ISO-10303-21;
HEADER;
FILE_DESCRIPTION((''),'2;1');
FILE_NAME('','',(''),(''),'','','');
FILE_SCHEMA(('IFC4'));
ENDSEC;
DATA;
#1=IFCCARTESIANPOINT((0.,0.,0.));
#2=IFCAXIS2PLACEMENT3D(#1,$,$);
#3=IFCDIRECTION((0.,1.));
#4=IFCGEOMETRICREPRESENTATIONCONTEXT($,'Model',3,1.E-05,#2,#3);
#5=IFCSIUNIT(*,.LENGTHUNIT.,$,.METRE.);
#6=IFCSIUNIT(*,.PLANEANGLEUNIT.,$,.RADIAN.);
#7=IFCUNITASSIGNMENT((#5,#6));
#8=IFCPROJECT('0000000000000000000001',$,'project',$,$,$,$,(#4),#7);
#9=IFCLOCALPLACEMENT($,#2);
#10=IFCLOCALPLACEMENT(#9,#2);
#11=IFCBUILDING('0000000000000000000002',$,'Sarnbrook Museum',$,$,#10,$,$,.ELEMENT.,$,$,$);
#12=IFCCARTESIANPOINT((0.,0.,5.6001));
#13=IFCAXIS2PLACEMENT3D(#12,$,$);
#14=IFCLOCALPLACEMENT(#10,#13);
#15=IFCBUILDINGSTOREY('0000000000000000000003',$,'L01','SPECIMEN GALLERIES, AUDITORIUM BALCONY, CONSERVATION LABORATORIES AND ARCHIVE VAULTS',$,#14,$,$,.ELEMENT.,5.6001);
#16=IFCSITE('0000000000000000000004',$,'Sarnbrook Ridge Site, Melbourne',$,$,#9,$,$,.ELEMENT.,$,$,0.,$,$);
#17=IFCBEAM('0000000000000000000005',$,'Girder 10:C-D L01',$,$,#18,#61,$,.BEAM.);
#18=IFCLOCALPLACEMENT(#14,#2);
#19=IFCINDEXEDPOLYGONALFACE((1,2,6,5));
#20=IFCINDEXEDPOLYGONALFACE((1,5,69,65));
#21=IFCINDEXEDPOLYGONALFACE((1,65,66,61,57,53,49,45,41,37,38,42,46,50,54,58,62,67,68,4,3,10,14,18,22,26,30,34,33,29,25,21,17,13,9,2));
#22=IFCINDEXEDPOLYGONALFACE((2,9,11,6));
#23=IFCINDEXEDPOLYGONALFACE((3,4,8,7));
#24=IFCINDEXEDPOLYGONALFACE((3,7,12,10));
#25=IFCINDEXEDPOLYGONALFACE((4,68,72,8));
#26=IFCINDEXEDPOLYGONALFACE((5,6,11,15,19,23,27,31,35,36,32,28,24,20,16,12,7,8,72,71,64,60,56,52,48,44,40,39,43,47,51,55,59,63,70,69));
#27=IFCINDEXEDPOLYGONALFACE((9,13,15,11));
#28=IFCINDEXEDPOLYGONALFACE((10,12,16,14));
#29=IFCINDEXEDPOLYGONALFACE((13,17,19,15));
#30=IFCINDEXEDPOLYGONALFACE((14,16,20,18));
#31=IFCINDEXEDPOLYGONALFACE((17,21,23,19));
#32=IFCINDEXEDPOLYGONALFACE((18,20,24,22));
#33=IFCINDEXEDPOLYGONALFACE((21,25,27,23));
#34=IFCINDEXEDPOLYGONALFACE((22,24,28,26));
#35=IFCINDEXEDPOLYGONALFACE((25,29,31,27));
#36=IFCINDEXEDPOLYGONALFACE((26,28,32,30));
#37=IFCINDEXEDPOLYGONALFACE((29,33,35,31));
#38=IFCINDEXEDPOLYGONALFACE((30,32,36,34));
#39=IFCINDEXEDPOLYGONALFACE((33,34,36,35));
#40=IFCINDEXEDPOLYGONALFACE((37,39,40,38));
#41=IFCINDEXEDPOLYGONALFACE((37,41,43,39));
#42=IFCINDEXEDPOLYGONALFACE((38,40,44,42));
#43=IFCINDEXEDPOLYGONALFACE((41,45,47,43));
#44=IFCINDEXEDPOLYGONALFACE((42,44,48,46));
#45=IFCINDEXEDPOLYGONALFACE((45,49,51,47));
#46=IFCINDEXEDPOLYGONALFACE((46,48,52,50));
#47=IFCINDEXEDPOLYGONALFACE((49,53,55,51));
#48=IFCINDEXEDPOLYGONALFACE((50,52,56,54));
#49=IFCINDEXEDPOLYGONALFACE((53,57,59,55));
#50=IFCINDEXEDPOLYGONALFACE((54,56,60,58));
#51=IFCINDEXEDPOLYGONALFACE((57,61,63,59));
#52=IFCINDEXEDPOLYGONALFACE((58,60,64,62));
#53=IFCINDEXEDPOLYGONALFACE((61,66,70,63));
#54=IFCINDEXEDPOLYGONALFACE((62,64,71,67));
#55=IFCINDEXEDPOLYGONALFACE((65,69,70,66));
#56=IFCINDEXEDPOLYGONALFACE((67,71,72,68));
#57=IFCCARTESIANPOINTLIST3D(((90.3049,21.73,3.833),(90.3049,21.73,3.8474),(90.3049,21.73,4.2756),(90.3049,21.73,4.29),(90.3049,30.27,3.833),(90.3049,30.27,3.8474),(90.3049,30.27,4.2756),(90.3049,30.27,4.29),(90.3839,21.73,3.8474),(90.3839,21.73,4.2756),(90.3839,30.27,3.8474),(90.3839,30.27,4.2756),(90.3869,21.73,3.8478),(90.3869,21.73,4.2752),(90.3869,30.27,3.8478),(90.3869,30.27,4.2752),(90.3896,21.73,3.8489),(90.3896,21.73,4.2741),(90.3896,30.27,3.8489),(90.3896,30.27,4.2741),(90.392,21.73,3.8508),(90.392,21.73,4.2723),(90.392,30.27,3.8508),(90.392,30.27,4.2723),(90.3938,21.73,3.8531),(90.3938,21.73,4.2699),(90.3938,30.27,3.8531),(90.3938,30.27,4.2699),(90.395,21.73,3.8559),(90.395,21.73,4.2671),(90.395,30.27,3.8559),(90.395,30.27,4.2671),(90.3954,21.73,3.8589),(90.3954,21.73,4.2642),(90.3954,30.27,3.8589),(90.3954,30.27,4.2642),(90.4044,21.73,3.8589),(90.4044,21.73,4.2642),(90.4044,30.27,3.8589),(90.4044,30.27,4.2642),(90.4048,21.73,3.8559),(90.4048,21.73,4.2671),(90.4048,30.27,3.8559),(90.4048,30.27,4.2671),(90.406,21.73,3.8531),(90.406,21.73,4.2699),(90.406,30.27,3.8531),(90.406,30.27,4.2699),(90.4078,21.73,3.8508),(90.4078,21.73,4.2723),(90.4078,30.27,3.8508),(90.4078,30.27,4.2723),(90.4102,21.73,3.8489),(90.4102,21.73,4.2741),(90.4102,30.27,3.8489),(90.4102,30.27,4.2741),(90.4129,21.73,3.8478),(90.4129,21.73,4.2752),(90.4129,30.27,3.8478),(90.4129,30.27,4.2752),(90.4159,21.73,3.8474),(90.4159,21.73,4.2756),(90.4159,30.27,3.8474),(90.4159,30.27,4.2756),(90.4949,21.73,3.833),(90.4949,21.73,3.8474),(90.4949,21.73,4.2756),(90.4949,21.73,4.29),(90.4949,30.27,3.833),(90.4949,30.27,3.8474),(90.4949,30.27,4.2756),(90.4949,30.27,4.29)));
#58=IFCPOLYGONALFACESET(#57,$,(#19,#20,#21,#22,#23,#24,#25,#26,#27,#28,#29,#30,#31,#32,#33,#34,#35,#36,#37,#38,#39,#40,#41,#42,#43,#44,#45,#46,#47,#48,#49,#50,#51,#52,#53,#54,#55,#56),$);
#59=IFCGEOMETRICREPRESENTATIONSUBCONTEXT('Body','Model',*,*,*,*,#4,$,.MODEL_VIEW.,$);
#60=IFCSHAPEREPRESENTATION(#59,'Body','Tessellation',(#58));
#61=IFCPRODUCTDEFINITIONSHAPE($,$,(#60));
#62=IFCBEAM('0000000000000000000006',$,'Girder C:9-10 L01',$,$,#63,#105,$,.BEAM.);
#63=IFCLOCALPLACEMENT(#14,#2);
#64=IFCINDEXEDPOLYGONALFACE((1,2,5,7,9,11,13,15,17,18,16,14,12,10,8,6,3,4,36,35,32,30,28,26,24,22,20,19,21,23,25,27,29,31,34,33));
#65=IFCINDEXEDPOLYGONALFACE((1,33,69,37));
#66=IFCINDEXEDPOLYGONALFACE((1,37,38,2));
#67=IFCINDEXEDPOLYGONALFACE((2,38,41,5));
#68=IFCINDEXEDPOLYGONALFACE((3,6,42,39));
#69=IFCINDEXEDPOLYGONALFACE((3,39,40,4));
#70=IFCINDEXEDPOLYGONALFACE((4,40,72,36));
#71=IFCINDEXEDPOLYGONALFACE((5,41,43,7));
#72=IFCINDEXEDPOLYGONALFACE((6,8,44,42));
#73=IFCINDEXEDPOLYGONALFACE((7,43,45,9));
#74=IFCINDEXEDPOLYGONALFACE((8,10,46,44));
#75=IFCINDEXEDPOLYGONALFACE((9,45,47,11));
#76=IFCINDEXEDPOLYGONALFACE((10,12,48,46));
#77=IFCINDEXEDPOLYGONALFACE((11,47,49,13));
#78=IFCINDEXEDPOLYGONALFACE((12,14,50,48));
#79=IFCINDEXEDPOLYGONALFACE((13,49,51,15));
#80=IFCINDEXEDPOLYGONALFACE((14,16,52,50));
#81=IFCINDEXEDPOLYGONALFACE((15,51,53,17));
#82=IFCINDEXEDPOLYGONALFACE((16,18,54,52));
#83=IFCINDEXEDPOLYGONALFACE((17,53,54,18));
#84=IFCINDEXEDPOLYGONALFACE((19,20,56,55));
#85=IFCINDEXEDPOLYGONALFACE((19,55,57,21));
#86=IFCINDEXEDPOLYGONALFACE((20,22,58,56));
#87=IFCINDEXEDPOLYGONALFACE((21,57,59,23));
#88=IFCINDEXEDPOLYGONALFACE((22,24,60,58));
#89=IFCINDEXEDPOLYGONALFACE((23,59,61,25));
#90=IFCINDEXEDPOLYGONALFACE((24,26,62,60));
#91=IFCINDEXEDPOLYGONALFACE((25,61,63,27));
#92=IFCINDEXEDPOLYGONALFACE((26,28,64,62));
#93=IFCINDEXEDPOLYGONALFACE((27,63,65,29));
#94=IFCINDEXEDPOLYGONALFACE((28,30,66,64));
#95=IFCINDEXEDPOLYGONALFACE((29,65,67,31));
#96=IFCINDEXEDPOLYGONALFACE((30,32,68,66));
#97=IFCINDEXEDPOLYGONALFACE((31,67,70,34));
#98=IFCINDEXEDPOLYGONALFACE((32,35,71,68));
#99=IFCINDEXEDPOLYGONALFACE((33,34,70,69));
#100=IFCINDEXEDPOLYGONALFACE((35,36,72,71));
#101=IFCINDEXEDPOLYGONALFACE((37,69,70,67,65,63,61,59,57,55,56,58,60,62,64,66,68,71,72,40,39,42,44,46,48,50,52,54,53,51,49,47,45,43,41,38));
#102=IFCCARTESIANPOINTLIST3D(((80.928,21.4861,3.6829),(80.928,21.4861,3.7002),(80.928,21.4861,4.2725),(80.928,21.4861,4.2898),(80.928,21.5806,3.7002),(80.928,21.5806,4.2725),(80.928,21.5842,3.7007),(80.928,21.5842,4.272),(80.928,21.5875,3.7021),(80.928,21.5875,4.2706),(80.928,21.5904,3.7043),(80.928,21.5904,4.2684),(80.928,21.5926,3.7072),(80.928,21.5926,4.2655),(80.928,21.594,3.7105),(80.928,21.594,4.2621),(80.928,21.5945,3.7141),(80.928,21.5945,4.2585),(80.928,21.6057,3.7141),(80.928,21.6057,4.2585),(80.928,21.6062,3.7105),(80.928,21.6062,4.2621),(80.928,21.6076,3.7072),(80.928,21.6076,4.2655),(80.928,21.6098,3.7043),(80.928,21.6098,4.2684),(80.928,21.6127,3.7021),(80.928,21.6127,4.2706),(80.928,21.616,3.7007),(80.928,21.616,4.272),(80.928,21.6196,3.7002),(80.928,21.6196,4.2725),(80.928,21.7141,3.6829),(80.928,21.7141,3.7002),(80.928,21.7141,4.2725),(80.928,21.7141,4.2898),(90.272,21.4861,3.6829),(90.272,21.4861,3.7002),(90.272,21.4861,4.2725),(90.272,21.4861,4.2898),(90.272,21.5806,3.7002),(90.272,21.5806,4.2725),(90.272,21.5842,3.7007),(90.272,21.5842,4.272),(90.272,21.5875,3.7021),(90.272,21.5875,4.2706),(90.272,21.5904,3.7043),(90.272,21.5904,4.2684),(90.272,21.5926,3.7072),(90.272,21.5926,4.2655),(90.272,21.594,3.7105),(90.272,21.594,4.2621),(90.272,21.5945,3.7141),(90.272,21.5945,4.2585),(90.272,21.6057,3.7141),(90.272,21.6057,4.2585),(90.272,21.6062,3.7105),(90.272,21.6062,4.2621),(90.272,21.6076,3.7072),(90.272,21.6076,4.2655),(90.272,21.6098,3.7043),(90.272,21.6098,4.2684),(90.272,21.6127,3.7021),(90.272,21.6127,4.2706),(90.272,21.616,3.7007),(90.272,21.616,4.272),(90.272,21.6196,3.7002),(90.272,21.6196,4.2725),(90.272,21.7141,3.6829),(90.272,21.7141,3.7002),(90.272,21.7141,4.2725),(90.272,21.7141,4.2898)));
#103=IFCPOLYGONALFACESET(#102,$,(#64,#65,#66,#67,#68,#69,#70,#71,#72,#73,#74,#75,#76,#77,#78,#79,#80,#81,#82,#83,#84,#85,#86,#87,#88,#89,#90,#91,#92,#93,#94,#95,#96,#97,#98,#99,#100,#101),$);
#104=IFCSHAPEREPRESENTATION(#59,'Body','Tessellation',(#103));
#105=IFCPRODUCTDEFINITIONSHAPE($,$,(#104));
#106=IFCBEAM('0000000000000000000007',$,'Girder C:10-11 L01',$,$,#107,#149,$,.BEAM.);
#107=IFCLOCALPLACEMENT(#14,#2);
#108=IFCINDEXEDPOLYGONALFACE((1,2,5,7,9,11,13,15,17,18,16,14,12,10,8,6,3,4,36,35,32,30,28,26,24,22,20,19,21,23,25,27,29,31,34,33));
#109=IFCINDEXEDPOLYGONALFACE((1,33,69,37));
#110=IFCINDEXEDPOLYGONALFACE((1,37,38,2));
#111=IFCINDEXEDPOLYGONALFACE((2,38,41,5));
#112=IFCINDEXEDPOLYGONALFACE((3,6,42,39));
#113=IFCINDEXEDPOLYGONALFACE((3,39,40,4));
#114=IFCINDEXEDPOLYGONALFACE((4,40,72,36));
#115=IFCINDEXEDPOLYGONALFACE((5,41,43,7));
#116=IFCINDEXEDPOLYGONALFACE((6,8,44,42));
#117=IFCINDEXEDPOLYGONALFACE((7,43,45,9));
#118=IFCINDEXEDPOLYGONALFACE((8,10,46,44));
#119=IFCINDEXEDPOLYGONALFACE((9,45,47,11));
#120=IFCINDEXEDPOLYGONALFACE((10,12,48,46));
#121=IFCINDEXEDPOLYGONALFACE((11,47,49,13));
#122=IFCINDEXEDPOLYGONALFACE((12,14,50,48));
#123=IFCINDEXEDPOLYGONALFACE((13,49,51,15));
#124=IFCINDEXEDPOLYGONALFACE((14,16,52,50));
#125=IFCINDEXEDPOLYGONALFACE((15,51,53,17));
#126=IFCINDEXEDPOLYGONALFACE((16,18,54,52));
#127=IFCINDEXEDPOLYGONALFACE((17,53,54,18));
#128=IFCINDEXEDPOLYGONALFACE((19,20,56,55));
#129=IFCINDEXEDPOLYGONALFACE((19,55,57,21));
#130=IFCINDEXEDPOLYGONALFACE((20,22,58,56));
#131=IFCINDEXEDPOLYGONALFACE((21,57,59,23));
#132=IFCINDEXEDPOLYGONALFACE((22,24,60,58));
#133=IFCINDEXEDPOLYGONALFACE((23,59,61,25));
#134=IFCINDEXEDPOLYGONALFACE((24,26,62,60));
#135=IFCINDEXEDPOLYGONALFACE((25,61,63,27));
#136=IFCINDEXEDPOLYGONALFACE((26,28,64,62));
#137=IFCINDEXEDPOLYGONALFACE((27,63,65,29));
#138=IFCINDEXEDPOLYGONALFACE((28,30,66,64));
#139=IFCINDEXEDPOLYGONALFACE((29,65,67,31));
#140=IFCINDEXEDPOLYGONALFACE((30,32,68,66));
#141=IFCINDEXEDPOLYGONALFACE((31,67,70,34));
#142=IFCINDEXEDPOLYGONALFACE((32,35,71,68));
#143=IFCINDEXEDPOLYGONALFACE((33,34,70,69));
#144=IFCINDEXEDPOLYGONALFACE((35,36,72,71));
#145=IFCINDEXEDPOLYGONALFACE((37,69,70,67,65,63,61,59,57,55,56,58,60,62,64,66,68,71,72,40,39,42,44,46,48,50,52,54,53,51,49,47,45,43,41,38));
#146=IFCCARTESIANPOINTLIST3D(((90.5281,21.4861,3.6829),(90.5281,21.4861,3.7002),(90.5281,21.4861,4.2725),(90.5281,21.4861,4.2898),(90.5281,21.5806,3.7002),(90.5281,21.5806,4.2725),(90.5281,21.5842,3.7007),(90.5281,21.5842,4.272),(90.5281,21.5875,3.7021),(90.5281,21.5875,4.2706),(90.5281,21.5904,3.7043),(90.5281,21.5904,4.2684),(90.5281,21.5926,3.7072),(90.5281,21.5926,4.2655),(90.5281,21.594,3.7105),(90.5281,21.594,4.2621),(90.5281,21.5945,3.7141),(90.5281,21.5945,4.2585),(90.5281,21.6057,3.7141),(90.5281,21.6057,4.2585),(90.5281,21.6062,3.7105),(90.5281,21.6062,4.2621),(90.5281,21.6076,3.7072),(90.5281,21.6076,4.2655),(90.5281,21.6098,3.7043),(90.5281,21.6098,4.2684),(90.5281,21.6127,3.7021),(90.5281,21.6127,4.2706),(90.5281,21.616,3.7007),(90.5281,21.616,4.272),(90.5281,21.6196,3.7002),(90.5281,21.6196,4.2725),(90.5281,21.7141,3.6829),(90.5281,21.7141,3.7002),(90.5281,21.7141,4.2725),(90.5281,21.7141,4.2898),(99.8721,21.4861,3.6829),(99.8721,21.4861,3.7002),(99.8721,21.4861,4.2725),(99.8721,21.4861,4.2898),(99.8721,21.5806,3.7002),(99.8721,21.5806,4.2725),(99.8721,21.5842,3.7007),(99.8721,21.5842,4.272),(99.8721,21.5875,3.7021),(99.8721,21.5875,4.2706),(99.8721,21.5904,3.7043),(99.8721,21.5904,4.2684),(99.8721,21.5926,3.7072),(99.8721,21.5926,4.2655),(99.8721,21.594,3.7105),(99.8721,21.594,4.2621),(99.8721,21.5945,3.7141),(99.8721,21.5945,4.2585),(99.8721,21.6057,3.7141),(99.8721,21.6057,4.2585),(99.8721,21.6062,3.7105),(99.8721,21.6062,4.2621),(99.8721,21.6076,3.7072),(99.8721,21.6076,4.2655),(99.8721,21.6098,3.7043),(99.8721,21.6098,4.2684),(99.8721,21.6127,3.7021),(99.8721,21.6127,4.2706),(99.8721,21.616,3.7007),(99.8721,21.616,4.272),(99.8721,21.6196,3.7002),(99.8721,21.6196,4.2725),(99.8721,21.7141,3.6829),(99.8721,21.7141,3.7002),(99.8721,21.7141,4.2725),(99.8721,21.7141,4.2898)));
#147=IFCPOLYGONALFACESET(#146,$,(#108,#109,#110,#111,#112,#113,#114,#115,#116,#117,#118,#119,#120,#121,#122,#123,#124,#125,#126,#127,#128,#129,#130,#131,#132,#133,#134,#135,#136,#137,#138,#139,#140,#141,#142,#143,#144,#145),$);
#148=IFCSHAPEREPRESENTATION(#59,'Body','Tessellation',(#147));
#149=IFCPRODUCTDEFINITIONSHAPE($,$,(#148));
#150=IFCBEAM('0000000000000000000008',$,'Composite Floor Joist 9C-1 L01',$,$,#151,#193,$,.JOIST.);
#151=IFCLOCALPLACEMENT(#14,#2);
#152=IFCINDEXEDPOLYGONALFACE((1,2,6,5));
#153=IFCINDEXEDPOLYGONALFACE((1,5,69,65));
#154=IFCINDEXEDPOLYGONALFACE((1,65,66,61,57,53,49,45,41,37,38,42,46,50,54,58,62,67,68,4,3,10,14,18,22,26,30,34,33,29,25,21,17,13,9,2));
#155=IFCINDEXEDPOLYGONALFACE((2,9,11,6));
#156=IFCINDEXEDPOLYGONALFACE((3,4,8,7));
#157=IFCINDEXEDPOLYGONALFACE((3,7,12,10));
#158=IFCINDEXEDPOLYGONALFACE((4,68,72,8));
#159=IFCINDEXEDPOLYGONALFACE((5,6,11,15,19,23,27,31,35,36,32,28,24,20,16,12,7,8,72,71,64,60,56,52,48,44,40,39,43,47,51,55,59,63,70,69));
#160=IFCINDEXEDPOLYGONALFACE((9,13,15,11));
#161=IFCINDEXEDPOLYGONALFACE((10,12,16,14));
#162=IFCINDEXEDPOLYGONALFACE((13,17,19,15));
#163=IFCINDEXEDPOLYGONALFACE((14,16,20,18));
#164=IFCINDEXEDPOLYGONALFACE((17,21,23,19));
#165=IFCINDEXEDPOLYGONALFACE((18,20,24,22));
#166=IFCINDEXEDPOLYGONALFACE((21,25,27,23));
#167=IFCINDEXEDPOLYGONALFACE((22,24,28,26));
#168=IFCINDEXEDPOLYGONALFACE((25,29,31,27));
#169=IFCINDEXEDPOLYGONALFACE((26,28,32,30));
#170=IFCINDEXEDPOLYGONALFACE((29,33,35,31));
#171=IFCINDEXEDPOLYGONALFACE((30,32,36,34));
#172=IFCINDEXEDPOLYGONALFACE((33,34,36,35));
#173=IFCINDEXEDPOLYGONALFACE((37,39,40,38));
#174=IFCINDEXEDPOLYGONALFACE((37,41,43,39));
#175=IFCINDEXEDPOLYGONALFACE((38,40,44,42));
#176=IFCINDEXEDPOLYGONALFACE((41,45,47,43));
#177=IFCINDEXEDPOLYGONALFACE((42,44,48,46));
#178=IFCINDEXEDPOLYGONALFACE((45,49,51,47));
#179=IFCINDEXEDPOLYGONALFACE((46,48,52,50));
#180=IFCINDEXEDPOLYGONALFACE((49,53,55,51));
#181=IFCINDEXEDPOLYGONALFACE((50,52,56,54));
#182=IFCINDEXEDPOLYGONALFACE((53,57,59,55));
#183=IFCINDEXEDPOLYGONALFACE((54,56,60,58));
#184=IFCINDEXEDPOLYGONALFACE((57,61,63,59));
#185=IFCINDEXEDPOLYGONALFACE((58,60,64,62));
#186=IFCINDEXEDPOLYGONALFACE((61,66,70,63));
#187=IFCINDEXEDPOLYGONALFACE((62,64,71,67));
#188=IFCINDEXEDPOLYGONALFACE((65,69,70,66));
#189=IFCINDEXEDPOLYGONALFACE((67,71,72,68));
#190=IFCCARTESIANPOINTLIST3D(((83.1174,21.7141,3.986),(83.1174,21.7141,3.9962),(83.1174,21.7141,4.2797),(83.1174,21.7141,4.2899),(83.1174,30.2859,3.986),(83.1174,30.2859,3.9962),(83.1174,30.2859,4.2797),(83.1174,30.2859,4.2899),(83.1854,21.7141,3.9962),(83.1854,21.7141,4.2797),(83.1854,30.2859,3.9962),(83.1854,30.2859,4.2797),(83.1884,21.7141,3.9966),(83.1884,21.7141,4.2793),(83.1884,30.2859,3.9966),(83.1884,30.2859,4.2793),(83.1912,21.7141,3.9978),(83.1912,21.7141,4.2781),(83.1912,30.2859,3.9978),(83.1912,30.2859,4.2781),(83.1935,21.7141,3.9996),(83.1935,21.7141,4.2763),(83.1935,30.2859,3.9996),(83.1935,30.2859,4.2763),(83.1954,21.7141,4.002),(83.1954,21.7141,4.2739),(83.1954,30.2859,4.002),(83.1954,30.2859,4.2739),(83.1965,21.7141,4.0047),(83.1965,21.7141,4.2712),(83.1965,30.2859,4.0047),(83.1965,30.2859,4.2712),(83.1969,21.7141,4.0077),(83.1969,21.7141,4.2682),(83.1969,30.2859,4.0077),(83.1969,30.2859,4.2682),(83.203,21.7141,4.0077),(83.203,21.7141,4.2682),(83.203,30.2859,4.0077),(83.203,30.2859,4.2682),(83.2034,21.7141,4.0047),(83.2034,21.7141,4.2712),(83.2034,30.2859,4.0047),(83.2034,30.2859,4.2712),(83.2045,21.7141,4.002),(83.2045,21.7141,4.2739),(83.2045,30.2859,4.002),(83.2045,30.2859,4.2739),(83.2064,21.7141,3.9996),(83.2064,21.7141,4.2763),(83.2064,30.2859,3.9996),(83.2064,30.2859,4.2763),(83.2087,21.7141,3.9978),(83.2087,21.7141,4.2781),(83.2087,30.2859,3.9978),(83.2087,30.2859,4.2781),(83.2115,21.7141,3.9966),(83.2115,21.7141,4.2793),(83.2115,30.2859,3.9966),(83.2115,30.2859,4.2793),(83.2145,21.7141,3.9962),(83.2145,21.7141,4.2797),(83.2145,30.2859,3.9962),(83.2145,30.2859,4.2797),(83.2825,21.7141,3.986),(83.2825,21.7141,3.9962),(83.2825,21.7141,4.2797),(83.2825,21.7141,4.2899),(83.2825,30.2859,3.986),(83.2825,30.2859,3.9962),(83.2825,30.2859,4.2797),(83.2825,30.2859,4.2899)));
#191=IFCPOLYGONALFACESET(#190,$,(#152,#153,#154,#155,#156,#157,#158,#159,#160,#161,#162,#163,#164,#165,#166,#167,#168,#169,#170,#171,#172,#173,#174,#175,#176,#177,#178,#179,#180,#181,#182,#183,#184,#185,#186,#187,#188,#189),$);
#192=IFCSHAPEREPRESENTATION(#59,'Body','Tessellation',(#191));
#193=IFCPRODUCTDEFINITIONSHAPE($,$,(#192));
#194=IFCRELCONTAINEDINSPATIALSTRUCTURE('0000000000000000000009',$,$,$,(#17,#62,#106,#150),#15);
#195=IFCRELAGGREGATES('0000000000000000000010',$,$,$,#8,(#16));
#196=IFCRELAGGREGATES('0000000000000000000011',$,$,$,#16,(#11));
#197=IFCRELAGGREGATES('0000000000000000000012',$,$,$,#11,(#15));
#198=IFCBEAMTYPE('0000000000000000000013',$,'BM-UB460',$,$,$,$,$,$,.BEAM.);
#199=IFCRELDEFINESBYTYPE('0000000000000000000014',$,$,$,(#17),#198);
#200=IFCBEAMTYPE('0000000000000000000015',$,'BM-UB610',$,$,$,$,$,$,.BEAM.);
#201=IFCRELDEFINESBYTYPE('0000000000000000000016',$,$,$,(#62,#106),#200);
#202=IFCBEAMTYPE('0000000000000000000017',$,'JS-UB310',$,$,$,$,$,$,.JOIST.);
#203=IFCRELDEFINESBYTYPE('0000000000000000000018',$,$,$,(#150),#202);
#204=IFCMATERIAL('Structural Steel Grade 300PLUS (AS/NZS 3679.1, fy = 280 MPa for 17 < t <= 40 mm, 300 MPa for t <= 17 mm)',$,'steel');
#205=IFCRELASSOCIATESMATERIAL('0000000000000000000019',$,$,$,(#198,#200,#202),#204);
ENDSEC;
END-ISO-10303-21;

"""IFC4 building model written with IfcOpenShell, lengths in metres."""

from ifc_helpers import new_model, si_unit, direction, frame, origin, origin_2d, place, context, subcontext, project, spatial, i_section, extrude, material, material_profile, profile_set, type_object, element, save


model = new_model("IFC4")

# Units and contexts
model_context = context("Model", 3, precision=1e-05, world=origin(), true_north=direction((0.0, 1.0)))
body_context = subcontext(model_context, "Body", "Model", "MODEL_VIEW")
ifc_project = project(units=[si_unit("LENGTHUNIT", "METRE"), si_unit("PLANEANGLEUNIT", "RADIAN")], contexts=[model_context])

# Site, building, storey
site_placement = place(None, origin())
site = spatial("IfcSite", under=ifc_project, at=site_placement, Name="Sarnbrook Ridge Site, Melbourne", CompositionType="ELEMENT", RefElevation=0.0)
building_placement = place(site_placement, origin())
building = spatial("IfcBuilding", under=site, at=building_placement, Name="Sarnbrook Museum", CompositionType="ELEMENT")
storey_placement = place(building_placement, frame((0.0, 0.0, 5.6001)))
storey = spatial("IfcBuildingStorey", under=building, at=storey_placement, Name="L01", Description="SPECIMEN GALLERIES, AUDITORIUM BALCONY, CONSERVATION LABORATORIES AND ARCHIVE VAULTS", CompositionType="ELEMENT", Elevation=5.6001)

# Shared definitions
ifc_material_1 = material(Name="Structural Steel Grade 300PLUS (AS/NZS 3679.1, fy = 280 MPa for 17 < t <= 40 mm, 300 MPa for t <= 17 mm)", Category="steel")

# Beams
ifc_material_profile_1 = material_profile(ifc_material_1, i_section(OverallWidth=0.1899, OverallDepth=0.457, WebThickness=0.009, FlangeThickness=0.0144, FilletRadius=0.0115, at=origin_2d()), Name="460UB74.6")
ifc_profile_set_1 = profile_set([ifc_material_profile_1], Name="Structural Steel Grade 300PLUS (AS/NZS 3679.1, fy = 280 MPa for 17 < t <= 40 mm, 300 MPa for t <= 17 mm)")
beam_type_1 = type_object("IfcBeamType", Name="BM-UB460", PredefinedType="BEAM", material=ifc_profile_set_1)
beam_1_placement = place(storey_placement, frame((90.3999, 21.73, 4.0615), z_axis=(0.0, 1.0, 0.0), x_axis=(-1.0, 0.0, 0.0)))
element("IfcBeam", 1, at=beam_1_placement, inside=storey, type_object=beam_type_1, Name="Girder 10:C-D L01", PredefinedType="BEAM", context=body_context, shape_type="SweptSolid", body=[
    extrude(i_section(OverallWidth=0.1899, OverallDepth=0.457, WebThickness=0.009, FlangeThickness=0.0144, FilletRadius=0.0115, at=origin_2d()), origin(), (0.0, 0.0, 1.0), 8.54),
])
ifc_material_profile_2 = material_profile(ifc_material_1, i_section(OverallWidth=0.228, OverallDepth=0.6069, WebThickness=0.0112, FlangeThickness=0.0173, FilletRadius=0.0139, at=origin_2d()), Name="610UB113")
ifc_profile_set_2 = profile_set([ifc_material_profile_2], Name="Structural Steel Grade 300PLUS (AS/NZS 3679.1, fy = 280 MPa for 17 < t <= 40 mm, 300 MPa for t <= 17 mm)")
beam_type_2 = type_object("IfcBeamType", Name="BM-UB610", PredefinedType="BEAM", material=ifc_profile_set_2)
for number, where, z_axis, x_axis, name in (
    (2, (80.928, 21.6001, 3.9863), (1.0, 0.0, 0.0), (0.0, 1.0, 0.0), "Girder C:9-10 L01"),
    (3, (90.5281, 21.6001, 3.9863), (1.0, 0.0, 0.0), (0.0, 1.0, 0.0), "Girder C:10-11 L01"),
):
    element("IfcBeam", number, at=place(storey_placement, frame(where, z_axis=z_axis, x_axis=x_axis)), inside=storey, type_object=beam_type_2, Name=name, PredefinedType="BEAM", context=body_context, shape_type="SweptSolid", body=[
        extrude(i_section(OverallWidth=0.228, OverallDepth=0.6069, WebThickness=0.0112, FlangeThickness=0.0173, FilletRadius=0.0139, at=origin_2d()), origin(), (0.0, 0.0, 1.0), 9.344),
    ])
ifc_material_profile_3 = material_profile(ifc_material_1, i_section(OverallWidth=0.165, OverallDepth=0.304, WebThickness=0.0061, FlangeThickness=0.0103, FilletRadius=0.0115, at=origin_2d()), Name="310UB40.4")
ifc_profile_set_3 = profile_set([ifc_material_profile_3], Name="Structural Steel Grade 300PLUS (AS/NZS 3679.1, fy = 280 MPa for 17 < t <= 40 mm, 300 MPa for t <= 17 mm)")
beam_type_3 = type_object("IfcBeamType", Name="JS-UB310", PredefinedType="JOIST", material=ifc_profile_set_3)
for number, where, z_axis, x_axis, name in (
    (4, (83.2, 21.7141, 4.1379), (0.0, 1.0, 0.0), (-1.0, 0.0, 0.0), "Composite Floor Joist 9C-1 L01"),
):
    element("IfcBeam", number, at=place(storey_placement, frame(where, z_axis=z_axis, x_axis=x_axis)), inside=storey, type_object=beam_type_3, Name=name, PredefinedType="JOIST", context=body_context, shape_type="SweptSolid", body=[
        extrude(i_section(OverallWidth=0.165, OverallDepth=0.304, WebThickness=0.0061, FlangeThickness=0.0103, FilletRadius=0.0115, at=origin_2d()), origin(), (0.0, 0.0, 1.0), 8.5718),
    ])

save(model, "model.ifc")
